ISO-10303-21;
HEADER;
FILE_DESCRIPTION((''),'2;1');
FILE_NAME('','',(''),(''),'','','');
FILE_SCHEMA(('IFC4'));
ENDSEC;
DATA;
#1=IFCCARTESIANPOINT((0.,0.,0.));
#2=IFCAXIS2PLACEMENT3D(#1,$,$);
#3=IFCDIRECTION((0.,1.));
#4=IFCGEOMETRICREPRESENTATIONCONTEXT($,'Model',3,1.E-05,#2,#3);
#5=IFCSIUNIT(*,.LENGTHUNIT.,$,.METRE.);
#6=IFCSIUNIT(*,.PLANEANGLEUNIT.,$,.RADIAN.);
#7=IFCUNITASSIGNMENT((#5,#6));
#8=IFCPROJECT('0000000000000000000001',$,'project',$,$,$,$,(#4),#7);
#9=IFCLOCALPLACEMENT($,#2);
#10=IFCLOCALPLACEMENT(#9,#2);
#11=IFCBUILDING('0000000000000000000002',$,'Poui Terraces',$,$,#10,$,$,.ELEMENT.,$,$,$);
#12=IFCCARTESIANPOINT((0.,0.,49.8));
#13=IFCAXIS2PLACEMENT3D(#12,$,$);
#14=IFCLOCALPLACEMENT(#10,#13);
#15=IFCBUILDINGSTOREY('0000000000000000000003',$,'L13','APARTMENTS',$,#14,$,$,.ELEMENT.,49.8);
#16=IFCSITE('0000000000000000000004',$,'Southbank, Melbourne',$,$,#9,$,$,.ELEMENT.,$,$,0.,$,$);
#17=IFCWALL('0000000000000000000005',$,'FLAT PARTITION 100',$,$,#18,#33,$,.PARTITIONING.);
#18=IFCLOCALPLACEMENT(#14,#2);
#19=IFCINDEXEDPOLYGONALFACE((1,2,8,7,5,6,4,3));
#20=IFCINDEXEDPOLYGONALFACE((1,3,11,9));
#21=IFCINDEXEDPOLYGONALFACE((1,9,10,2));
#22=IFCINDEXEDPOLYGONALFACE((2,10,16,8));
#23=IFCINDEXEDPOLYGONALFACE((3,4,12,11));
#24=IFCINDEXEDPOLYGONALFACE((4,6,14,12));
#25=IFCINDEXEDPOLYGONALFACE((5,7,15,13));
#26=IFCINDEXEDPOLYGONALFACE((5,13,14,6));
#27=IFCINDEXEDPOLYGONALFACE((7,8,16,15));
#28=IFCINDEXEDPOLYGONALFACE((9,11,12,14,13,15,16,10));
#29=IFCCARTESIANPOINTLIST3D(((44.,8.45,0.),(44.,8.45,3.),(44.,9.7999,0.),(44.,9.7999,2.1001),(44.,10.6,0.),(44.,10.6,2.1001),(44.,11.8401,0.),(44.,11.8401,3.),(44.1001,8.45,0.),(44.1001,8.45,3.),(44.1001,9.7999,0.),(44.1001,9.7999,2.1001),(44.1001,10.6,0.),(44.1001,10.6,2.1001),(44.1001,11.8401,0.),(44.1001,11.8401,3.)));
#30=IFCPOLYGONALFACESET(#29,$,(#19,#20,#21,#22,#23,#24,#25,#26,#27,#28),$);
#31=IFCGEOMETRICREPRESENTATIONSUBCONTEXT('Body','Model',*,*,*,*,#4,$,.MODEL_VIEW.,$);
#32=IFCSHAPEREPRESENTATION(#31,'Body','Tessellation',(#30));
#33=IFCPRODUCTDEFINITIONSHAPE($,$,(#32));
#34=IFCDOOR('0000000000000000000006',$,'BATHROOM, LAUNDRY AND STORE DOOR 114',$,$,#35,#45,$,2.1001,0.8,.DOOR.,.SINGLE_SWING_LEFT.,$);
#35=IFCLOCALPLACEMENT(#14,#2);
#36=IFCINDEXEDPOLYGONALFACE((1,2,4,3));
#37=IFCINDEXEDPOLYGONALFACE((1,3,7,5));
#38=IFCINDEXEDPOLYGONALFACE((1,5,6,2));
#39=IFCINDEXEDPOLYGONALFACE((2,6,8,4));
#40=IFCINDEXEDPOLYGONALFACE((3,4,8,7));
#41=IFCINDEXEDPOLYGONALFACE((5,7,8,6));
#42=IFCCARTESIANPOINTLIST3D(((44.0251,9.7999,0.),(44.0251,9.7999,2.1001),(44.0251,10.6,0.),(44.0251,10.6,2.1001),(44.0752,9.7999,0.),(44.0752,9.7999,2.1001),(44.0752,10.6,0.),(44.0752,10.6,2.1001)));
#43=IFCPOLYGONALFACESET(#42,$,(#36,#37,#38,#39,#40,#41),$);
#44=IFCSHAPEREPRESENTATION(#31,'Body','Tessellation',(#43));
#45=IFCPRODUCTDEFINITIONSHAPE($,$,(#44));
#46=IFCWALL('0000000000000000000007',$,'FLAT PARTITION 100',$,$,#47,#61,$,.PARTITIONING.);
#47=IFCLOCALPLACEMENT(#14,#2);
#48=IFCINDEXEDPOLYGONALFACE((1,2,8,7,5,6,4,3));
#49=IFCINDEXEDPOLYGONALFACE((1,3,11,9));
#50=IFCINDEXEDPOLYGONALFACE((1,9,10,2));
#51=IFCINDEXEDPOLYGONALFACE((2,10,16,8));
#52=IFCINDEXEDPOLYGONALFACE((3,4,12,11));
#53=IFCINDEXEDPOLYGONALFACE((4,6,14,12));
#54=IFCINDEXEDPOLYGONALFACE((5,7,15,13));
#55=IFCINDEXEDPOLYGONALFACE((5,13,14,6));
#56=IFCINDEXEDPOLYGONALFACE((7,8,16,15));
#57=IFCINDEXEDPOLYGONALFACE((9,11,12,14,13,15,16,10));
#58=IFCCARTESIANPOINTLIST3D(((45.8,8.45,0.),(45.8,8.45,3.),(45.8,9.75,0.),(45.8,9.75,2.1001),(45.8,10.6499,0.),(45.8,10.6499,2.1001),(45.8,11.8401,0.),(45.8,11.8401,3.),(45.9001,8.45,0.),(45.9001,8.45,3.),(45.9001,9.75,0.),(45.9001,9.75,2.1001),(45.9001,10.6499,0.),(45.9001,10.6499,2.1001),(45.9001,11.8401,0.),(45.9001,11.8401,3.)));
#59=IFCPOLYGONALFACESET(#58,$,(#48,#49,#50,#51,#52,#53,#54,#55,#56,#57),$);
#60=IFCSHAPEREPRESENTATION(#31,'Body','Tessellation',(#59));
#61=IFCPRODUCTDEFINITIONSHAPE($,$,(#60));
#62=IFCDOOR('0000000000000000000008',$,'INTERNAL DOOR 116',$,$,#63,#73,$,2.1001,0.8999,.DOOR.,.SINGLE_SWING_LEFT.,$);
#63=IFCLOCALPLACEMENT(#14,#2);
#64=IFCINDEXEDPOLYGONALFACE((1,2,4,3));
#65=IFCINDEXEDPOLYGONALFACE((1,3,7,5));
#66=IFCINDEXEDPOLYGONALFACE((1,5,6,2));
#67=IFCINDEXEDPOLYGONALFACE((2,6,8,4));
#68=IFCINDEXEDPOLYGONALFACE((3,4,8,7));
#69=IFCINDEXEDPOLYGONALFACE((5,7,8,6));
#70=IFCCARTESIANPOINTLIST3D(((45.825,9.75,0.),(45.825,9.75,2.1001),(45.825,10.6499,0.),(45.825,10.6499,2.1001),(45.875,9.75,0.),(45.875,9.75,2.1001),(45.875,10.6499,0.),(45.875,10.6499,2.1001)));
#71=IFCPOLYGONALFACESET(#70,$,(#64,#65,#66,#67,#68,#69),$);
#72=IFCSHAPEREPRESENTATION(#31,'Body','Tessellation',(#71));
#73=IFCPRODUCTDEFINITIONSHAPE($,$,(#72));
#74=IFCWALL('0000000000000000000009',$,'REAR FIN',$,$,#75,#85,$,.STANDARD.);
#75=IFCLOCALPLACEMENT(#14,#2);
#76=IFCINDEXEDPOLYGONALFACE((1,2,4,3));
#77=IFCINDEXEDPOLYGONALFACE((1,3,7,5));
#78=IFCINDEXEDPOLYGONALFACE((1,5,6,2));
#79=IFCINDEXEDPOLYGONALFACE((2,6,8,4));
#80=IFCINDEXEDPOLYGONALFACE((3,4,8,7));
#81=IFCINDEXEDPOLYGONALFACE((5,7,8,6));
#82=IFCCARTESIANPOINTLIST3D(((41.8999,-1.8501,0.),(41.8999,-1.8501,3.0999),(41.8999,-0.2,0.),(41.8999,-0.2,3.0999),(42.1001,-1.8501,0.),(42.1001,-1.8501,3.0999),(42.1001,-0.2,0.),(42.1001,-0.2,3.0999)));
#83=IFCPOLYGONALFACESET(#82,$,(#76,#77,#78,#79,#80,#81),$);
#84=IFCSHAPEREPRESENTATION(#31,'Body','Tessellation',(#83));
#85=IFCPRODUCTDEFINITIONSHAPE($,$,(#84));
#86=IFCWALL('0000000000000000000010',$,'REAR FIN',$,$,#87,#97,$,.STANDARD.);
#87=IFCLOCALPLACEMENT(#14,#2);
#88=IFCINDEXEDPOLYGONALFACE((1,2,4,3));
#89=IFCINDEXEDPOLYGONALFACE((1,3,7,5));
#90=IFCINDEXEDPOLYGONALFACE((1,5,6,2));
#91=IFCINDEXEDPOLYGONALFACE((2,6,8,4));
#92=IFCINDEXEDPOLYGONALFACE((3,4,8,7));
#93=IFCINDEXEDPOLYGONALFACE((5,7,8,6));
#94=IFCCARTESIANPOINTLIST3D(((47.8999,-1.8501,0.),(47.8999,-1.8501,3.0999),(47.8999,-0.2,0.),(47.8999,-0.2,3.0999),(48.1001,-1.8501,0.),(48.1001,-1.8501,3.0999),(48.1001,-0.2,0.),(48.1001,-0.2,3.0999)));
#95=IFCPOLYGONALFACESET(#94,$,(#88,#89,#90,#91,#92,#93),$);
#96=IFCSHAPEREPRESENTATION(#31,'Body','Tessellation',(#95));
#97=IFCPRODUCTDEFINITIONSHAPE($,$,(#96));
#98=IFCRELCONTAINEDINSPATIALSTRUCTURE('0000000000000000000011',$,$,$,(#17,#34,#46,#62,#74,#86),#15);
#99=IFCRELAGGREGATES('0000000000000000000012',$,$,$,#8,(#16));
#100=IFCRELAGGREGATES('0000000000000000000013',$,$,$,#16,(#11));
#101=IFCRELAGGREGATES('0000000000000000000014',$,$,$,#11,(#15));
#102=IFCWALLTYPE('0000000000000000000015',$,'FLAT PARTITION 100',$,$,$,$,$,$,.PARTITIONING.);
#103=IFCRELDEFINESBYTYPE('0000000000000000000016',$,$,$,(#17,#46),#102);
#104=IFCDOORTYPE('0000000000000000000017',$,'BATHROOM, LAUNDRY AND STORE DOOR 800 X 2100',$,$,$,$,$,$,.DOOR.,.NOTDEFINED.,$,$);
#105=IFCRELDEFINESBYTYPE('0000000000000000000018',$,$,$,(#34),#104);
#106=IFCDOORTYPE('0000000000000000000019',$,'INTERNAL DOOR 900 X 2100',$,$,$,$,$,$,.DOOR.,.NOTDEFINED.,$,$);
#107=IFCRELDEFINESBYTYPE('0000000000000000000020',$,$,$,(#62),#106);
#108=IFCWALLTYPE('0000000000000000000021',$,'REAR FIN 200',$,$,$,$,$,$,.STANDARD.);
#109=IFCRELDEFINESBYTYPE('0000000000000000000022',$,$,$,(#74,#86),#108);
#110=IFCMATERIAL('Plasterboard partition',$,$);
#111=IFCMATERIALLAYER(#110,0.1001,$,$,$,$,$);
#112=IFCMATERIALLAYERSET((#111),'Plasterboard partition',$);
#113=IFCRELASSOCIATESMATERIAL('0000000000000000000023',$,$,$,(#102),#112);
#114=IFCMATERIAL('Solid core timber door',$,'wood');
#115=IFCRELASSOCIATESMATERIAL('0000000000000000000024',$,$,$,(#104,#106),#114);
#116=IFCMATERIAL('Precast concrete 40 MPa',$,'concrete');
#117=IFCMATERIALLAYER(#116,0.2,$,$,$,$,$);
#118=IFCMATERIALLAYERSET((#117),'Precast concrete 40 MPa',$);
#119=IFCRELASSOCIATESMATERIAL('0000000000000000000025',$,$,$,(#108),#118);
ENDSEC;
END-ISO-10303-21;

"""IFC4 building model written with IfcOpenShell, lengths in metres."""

from ifc_helpers import new_model, si_unit, direction, frame, frame_2d, origin, place, context, subcontext, project, spatial, polyline, rectangle, outline, extrude, source, transform, mapped, material, layer, layer_set, type_object, element, fill, save


model = new_model("IFC4")

# Units and contexts
model_context = context("Model", 3, precision=1e-05, world=origin(), true_north=direction((0.0, 1.0)))
body_context = subcontext(model_context, "Body", "Model", "MODEL_VIEW")
ifc_project = project(units=[si_unit("LENGTHUNIT", "METRE"), si_unit("PLANEANGLEUNIT", "RADIAN")], contexts=[model_context])

# Site, building, storey
site_placement = place(None, origin())
site = spatial("IfcSite", under=ifc_project, at=site_placement, Name="Southbank, Melbourne", CompositionType="ELEMENT", RefElevation=0.0)
building_placement = place(site_placement, origin())
building = spatial("IfcBuilding", under=site, at=building_placement, Name="Poui Terraces", CompositionType="ELEMENT")
storey_placement = place(building_placement, frame((0.0, 0.0, 49.8)))
storey = spatial("IfcBuildingStorey", under=building, at=storey_placement, Name="L13", Description="APARTMENTS", CompositionType="ELEMENT", Elevation=49.8)

# Shared definitions
ifc_material_1 = material(Name="Plasterboard partition")
ifc_layer_1 = layer(ifc_material_1, 0.1001)
ifc_layer_set_1 = layer_set([ifc_layer_1], Name="Plasterboard partition")
wall_type_1 = type_object("IfcWallType", Name="FLAT PARTITION 100", PredefinedType="PARTITIONING", material=ifc_layer_set_1)
ifc_material_2 = material(Name="Solid core timber door", Category="wood")
door_type_1 = type_object("IfcDoorType", Name="BATHROOM, LAUNDRY AND STORE DOOR 800 X 2100", OperationType="NOTDEFINED", PredefinedType="DOOR", material=ifc_material_2)

# Walls, openings, doors
wall_1_placement = place(storey_placement, frame((44.05, 8.45, 0.0), z_axis=(0.0, 0.0, 1.0), x_axis=(0.0, 1.0, 0.0)))
wall_1 = element("IfcWall", 1, at=wall_1_placement, inside=storey, type_object=wall_type_1, Name="FLAT PARTITION 100", PredefinedType="PARTITIONING", context=body_context, shape_type="SweptSolid", body=[
    extrude(rectangle(XDim=3.3901, YDim=0.1001, at=frame_2d((1.6951, 0.0))), origin(), (0.0, 0.0, 1.0), 3.0),
])
opening_1_placement = place(wall_1_placement, frame((1.3501, 0.0, 0.0)))
opening_1 = element("IfcOpeningElement", 2, at=opening_1_placement, cuts=wall_1, PredefinedType="OPENING", context=body_context, shape_type="SweptSolid", body=[
    extrude(rectangle(XDim=0.8, YDim=2.1001, at=frame_2d((0.3999, 1.05))), frame((0.0, 0.0601, 0.0), z_axis=(0.0, -1.0, 0.0), x_axis=(1.0, 0.0, 0.0)), (0.0, 0.0, 1.0), 0.1201),
])
door_1_placement = place(opening_1_placement, origin())
door_1 = element("IfcDoor", 3, at=door_1_placement, inside=storey, type_object=door_type_1, Name="BATHROOM, LAUNDRY AND STORE DOOR 114", OperationType="SINGLE_SWING_LEFT", OverallHeight=2.1001, OverallWidth=0.8, PredefinedType="DOOR", context=body_context, shape_type="SweptSolid", body=[
    extrude(rectangle(XDim=0.8, YDim=2.1001, at=frame_2d((0.3999, 1.05))), frame((0.0, 0.0249, 0.0), z_axis=(0.0, -1.0, 0.0), x_axis=(1.0, 0.0, 0.0)), (0.0, 0.0, 1.0), 0.05),
])
fill(opening_1, door_1)
wall_2_placement = place(storey_placement, frame((45.8501, 8.45, 0.0), z_axis=(0.0, 0.0, 1.0), x_axis=(0.0, 1.0, 0.0)))
wall_2 = element("IfcWall", 4, at=wall_2_placement, inside=storey, type_object=wall_type_1, Name="FLAT PARTITION 100", PredefinedType="PARTITIONING", context=body_context, shape_type="SweptSolid", body=[
    extrude(rectangle(XDim=3.3901, YDim=0.1001, at=frame_2d((1.6951, 0.0))), origin(), (0.0, 0.0, 1.0), 3.0),
])
opening_2_placement = place(wall_2_placement, frame((1.3, 0.0, 0.0)))
opening_2 = element("IfcOpeningElement", 5, at=opening_2_placement, cuts=wall_2, PredefinedType="OPENING", context=body_context, shape_type="SweptSolid", body=[
    extrude(rectangle(XDim=0.8999, YDim=2.1001, at=frame_2d((0.45, 1.05))), frame((0.0, 0.0601, 0.0), z_axis=(0.0, -1.0, 0.0), x_axis=(1.0, 0.0, 0.0)), (0.0, 0.0, 1.0), 0.1201),
])
door_type_2 = type_object("IfcDoorType", Name="INTERNAL DOOR 900 X 2100", OperationType="NOTDEFINED", PredefinedType="DOOR", material=ifc_material_2)
door_2_placement = place(opening_2_placement, frame((0.8999, 0.0, 0.0), z_axis=(0.0, 0.0, 1.0), x_axis=(-1.0, 0.0, 0.0)))
door_2 = element("IfcDoor", 6, at=door_2_placement, inside=storey, type_object=door_type_2, Name="INTERNAL DOOR 116", OperationType="SINGLE_SWING_LEFT", OverallHeight=2.1001, OverallWidth=0.8999, PredefinedType="DOOR", context=body_context, shape_type="SweptSolid", body=[
    extrude(rectangle(XDim=0.8999, YDim=2.1001, at=frame_2d((0.45, 1.05))), frame((0.0, 0.0249, 0.0), z_axis=(0.0, -1.0, 0.0), x_axis=(1.0, 0.0, 0.0)), (0.0, 0.0, 1.0), 0.05),
])
fill(opening_2, door_2)

# Walls
ifc_material_3 = material(Name="Precast concrete 40 MPa", Category="concrete")
ifc_layer_2 = layer(ifc_material_3, 0.2)
ifc_layer_set_2 = layer_set([ifc_layer_2], Name="Precast concrete 40 MPa")
wall_type_2 = type_object("IfcWallType", Name="REAR FIN 200", PredefinedType="STANDARD", material=ifc_layer_set_2)
shared_shape_1 = source(origin(), body_context, "Body", "SweptSolid", [
    extrude(outline(polyline([(0.0, 0.0), (0.2002, 0.0), (0.2002, 1.6501), (0.0, 1.6501), (0.0, 0.0)])), origin(), (0.0, 0.0, 1.0), 3.0999),
])
for number, where, name in (
    (7, (41.8999, -1.8501, 0.0), "REAR FIN"),
    (8, (47.8999, -1.8501, 0.0), "REAR FIN"),
):
    element("IfcWall", number, at=place(storey_placement, frame(where)), inside=storey, type_object=wall_type_2, Name=name, PredefinedType="STANDARD", context=body_context, shape_type="MappedRepresentation", body=[
        mapped(shared_shape_1, transform((0.0, 0.0, 0.0))),
    ])

save(model, "model.ifc")
